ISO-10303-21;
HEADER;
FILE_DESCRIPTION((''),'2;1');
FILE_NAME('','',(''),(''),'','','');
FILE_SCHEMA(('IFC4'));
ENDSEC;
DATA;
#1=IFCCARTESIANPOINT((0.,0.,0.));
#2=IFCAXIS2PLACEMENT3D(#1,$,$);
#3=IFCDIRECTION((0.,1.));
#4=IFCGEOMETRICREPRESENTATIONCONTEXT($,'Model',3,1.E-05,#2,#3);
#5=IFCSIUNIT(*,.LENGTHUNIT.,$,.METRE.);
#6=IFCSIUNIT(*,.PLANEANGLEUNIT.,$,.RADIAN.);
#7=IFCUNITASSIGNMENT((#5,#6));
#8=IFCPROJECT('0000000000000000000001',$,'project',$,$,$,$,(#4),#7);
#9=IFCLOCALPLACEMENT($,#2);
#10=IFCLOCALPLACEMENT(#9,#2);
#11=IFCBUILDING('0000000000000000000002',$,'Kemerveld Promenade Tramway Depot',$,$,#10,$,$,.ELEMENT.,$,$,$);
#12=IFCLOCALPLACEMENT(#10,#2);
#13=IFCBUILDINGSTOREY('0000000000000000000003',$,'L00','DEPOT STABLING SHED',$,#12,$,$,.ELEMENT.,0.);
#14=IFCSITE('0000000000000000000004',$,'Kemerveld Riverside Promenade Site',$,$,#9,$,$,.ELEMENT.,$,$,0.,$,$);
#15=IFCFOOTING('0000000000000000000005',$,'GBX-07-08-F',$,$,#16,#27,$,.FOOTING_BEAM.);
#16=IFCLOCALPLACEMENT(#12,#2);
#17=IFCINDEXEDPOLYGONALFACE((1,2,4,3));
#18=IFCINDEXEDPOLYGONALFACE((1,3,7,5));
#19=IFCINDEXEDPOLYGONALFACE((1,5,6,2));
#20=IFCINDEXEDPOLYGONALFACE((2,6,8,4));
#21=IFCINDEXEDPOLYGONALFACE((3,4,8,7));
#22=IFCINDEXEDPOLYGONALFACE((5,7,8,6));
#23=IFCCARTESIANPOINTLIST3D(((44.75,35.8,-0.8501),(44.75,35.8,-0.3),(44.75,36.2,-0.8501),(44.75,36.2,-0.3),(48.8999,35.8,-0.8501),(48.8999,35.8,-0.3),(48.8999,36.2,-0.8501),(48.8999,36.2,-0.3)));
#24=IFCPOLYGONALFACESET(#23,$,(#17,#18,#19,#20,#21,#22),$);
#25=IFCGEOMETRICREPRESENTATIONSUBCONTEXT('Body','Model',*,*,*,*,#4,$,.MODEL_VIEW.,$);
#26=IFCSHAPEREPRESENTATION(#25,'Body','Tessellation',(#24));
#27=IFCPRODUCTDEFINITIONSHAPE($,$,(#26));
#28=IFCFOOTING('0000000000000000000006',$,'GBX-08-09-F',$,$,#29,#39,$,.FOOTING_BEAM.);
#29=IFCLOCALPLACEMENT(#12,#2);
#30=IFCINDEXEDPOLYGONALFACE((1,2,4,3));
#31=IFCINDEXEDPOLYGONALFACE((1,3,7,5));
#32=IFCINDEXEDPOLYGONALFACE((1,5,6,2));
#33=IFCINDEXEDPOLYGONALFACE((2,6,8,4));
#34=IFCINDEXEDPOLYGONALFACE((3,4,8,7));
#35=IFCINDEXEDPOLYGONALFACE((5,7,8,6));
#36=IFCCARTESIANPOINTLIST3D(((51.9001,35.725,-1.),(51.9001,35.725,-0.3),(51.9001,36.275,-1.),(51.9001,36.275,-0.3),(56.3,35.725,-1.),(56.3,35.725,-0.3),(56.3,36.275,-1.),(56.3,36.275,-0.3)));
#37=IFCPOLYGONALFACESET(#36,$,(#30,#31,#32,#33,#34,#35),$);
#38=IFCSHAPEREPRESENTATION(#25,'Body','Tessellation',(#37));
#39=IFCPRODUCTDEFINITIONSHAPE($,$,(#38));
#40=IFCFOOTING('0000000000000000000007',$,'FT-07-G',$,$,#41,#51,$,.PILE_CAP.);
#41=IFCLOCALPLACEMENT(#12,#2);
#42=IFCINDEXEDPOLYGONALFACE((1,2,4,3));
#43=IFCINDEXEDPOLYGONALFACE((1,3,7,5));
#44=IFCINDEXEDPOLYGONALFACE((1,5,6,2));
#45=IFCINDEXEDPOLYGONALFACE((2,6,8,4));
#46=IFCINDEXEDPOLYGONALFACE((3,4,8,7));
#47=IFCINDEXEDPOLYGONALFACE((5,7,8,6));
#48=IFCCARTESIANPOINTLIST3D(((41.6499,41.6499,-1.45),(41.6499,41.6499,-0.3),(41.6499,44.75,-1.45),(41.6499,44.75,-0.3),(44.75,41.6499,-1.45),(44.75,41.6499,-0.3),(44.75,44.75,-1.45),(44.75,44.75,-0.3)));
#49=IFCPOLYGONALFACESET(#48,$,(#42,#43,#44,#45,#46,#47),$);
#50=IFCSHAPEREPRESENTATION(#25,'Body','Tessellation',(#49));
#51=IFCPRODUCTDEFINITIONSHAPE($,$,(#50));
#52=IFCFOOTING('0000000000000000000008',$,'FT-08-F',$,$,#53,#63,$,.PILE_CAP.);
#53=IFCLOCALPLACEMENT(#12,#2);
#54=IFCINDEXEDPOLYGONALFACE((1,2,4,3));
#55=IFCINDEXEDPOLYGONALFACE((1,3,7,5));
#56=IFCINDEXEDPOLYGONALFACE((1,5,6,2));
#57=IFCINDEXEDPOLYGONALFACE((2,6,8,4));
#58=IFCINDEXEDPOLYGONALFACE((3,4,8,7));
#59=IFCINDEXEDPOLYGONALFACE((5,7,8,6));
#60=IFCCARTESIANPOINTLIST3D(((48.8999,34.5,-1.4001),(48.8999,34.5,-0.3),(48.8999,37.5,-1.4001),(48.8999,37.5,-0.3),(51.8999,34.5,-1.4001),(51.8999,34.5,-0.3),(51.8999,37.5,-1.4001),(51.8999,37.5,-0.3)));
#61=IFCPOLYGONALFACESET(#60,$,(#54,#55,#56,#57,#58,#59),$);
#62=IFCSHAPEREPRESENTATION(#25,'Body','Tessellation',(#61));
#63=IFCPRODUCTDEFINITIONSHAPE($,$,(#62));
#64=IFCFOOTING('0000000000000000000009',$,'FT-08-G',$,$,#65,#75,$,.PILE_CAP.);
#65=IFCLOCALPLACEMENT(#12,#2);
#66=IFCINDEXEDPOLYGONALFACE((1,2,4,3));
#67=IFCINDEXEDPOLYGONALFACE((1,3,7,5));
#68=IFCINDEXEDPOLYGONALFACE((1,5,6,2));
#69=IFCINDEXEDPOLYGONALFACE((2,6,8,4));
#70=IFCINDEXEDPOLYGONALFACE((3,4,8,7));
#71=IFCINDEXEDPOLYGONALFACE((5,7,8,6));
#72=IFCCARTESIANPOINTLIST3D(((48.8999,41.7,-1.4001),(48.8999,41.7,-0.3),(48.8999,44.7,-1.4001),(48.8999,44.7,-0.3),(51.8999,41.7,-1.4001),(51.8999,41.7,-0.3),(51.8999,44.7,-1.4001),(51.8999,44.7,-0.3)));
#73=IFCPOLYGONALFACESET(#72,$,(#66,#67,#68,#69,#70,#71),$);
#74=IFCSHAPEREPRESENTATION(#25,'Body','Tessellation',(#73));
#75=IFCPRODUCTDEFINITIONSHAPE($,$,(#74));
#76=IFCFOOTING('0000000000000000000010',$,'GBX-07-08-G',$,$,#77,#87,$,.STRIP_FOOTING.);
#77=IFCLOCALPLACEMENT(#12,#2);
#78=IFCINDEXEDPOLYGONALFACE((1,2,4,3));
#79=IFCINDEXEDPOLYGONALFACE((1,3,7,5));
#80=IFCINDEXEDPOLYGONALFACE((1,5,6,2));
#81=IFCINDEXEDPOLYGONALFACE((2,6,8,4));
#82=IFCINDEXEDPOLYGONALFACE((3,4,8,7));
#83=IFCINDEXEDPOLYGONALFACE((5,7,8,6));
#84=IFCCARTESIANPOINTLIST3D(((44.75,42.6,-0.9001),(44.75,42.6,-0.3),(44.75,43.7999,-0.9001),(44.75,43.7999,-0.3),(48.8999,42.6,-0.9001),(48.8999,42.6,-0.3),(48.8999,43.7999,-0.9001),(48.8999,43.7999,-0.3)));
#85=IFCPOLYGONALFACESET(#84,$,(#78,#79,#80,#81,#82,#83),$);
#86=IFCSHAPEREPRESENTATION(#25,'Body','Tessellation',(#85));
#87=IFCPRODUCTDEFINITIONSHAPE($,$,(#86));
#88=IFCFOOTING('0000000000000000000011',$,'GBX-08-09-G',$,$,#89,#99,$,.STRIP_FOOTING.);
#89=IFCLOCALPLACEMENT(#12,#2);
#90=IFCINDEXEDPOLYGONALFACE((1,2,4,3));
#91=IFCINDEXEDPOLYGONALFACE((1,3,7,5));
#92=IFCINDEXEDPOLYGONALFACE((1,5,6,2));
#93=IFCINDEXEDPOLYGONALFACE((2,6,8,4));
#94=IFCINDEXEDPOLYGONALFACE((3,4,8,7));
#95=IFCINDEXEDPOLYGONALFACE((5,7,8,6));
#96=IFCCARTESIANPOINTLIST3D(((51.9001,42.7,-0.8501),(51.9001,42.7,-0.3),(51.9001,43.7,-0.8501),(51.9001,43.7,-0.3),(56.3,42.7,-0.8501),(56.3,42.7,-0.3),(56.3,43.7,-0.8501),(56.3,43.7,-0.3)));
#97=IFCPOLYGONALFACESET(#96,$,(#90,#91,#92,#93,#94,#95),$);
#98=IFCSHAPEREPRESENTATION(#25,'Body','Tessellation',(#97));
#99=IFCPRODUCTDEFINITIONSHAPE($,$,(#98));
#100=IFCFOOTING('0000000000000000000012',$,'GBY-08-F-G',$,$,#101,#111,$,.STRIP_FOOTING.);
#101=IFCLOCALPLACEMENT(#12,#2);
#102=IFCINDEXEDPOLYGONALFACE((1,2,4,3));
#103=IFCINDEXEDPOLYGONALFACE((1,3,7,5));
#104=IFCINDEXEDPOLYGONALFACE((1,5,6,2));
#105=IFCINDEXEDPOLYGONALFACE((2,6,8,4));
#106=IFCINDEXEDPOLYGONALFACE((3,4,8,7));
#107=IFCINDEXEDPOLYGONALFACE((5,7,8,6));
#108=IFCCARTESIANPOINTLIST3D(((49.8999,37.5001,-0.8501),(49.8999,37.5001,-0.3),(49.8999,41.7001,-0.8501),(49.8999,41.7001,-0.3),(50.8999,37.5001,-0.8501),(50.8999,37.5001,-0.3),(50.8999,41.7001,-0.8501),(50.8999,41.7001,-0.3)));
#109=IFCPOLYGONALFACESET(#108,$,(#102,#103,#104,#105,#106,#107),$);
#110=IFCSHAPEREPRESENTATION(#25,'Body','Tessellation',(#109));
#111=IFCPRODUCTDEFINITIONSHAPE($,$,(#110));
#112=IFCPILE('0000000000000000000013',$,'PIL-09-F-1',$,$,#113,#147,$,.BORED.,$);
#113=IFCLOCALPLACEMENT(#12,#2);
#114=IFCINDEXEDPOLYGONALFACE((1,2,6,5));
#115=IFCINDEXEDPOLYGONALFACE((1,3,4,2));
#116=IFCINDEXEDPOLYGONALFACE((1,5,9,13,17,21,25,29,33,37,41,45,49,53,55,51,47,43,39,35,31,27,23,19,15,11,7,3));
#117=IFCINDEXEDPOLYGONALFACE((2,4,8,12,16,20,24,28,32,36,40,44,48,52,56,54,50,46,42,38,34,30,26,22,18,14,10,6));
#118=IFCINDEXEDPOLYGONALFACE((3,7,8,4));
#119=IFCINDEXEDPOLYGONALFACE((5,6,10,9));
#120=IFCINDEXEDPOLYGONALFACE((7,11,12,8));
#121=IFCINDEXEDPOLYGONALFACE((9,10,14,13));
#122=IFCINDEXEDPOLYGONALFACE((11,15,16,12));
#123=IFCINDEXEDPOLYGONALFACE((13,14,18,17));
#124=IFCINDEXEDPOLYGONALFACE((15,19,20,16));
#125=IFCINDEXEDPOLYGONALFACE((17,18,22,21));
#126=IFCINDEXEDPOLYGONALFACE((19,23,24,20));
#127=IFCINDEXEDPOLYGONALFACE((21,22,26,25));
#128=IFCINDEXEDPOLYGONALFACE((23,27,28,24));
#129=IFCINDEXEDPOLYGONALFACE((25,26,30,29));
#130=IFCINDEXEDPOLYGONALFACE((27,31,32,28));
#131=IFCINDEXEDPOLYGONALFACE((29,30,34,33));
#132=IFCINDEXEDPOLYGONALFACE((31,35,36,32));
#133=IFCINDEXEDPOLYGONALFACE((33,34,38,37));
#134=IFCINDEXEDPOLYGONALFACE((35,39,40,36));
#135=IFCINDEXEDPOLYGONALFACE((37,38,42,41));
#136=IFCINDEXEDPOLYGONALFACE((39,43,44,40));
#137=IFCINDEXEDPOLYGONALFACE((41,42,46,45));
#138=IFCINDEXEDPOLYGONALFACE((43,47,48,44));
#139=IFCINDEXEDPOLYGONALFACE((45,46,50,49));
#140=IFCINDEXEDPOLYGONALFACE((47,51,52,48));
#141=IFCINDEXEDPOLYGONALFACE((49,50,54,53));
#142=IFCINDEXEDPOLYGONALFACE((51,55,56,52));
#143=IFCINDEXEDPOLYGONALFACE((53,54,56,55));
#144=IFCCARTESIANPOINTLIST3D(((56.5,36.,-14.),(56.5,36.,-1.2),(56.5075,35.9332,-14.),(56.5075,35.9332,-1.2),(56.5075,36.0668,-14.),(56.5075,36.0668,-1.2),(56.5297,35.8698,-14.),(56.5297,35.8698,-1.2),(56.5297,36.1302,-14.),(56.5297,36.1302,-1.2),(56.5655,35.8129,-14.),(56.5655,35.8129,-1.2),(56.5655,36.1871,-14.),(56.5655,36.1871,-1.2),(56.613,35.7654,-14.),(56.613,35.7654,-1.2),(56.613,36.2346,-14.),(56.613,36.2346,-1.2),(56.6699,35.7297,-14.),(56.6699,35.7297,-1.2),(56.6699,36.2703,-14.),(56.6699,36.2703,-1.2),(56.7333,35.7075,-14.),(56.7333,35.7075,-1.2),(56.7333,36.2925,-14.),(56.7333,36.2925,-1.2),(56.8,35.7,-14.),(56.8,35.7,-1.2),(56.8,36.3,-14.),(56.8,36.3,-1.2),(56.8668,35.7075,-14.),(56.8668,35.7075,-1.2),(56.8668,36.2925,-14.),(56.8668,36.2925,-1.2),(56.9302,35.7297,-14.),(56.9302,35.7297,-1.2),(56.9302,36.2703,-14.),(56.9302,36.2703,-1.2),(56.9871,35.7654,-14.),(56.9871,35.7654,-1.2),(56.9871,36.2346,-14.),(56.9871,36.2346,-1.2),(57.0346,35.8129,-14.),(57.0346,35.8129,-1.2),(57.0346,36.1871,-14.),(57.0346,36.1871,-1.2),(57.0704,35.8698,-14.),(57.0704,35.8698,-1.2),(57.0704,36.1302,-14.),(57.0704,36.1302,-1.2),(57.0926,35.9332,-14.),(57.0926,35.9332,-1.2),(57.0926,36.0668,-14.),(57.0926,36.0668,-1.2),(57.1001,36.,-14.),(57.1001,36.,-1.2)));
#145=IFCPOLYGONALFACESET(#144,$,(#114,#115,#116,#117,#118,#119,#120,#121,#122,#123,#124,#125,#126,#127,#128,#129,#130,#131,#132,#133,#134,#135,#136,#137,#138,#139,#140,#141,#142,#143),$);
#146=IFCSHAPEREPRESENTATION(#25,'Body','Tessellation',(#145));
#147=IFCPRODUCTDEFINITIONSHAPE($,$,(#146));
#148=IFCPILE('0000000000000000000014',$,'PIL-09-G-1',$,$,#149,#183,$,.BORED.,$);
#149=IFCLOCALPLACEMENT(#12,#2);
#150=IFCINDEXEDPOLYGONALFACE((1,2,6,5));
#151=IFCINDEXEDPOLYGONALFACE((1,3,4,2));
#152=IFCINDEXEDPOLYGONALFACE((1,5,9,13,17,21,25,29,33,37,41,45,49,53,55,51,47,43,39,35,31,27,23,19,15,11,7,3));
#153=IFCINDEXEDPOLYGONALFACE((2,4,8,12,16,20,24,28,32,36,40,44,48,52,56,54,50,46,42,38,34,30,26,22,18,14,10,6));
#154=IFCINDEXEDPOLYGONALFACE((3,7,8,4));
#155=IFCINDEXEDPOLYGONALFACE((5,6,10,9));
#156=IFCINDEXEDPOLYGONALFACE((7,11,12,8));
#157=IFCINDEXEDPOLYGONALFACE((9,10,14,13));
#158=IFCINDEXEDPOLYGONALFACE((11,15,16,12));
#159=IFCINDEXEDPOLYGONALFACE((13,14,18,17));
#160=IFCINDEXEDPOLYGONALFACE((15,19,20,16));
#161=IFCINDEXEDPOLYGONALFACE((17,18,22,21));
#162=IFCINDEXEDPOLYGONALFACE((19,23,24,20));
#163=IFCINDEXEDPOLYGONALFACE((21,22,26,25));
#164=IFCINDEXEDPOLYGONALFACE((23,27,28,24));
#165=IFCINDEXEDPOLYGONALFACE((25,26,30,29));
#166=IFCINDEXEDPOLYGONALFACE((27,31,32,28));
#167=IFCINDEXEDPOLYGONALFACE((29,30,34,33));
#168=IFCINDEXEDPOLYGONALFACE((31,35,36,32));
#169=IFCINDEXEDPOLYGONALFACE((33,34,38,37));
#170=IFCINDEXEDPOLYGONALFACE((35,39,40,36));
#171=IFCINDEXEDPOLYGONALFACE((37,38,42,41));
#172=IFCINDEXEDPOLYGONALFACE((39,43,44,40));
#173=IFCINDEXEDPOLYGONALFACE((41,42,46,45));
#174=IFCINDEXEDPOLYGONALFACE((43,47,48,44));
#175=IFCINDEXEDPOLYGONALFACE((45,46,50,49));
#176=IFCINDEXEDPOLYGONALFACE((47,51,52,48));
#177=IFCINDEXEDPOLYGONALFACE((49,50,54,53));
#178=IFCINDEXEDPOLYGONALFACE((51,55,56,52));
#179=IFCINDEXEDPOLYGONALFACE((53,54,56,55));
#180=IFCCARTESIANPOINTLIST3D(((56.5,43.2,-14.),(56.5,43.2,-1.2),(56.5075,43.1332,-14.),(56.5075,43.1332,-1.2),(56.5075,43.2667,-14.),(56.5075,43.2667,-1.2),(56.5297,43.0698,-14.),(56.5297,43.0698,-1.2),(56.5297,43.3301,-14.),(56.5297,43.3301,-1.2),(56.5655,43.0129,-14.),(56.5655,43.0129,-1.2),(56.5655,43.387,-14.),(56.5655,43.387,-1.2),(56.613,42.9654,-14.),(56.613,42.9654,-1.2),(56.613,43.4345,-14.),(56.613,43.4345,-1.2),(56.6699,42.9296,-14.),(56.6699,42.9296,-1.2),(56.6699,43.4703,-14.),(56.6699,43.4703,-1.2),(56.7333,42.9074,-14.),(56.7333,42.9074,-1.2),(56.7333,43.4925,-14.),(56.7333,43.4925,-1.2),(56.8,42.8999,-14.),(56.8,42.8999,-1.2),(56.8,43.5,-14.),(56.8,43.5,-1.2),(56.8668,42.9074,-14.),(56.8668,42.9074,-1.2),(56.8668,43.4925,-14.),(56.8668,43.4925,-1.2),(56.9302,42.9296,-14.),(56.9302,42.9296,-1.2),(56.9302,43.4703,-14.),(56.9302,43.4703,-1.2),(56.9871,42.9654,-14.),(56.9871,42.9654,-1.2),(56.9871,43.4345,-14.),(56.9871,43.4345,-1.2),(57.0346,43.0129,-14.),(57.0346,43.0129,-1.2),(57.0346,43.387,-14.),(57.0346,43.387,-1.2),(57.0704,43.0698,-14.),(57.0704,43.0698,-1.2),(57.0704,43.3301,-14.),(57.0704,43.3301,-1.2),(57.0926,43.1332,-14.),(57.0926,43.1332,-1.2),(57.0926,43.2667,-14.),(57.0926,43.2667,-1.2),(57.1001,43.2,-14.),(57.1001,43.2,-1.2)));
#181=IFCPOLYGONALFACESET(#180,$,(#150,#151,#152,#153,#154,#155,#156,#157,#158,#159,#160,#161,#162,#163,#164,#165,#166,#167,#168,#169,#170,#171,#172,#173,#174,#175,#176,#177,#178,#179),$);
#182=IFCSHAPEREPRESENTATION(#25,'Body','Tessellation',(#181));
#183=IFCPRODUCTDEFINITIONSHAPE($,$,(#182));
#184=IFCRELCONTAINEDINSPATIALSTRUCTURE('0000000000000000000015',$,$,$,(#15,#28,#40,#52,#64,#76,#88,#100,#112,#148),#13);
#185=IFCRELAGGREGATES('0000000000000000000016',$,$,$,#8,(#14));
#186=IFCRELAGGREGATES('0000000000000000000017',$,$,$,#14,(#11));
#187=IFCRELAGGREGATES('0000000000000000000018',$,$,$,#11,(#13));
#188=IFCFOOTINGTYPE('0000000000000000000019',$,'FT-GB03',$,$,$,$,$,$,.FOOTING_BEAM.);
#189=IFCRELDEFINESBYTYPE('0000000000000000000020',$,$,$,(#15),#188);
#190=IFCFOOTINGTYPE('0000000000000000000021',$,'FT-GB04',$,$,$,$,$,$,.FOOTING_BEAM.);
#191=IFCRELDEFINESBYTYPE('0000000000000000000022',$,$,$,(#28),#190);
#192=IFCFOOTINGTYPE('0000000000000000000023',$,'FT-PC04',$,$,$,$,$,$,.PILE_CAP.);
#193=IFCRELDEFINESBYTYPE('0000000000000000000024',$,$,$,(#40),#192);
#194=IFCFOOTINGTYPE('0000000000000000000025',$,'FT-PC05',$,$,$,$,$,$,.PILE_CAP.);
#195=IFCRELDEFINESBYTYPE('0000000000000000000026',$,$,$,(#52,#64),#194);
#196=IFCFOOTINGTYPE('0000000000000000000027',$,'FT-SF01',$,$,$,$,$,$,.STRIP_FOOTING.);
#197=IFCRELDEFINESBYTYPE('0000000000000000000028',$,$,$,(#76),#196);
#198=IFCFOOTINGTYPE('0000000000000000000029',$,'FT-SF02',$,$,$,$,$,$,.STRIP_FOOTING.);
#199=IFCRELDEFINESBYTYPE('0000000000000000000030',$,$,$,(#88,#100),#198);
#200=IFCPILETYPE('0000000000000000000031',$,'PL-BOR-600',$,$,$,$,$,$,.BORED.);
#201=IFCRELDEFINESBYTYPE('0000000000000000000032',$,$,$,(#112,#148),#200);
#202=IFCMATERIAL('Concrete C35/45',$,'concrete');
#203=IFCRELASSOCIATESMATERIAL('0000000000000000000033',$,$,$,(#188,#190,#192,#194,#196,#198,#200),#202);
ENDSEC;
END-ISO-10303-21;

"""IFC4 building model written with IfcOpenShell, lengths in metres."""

from ifc_helpers import new_model, si_unit, direction, frame, origin, origin_2d, place, context, subcontext, project, spatial, rectangle, circle, extrude, material, material_profile, profile_set, type_object, element, save


model = new_model("IFC4")

# Units and contexts
model_context = context("Model", 3, precision=1e-05, world=origin(), true_north=direction((0.0, 1.0)))
body_context = subcontext(model_context, "Body", "Model", "MODEL_VIEW")
ifc_project = project(units=[si_unit("LENGTHUNIT", "METRE"), si_unit("PLANEANGLEUNIT", "RADIAN")], contexts=[model_context])

# Site, building, storey
site_placement = place(None, origin())
site = spatial("IfcSite", under=ifc_project, at=site_placement, Name="Kemerveld Riverside Promenade Site", CompositionType="ELEMENT", RefElevation=0.0)
building_placement = place(site_placement, origin())
building = spatial("IfcBuilding", under=site, at=building_placement, Name="Kemerveld Promenade Tramway Depot", CompositionType="ELEMENT")
storey_placement = place(building_placement, origin())
storey = spatial("IfcBuildingStorey", under=building, at=storey_placement, Name="L00", Description="DEPOT STABLING SHED", CompositionType="ELEMENT", Elevation=0.0)

# Footings
ifc_material_1 = material(Name="Concrete C35/45", Category="concrete")
footing_type_1 = type_object("IfcFootingType", Name="FT-GB03", PredefinedType="FOOTING_BEAM", material=ifc_material_1)
footing_1_placement = place(storey_placement, frame((46.825, 36.0, -0.8501), z_axis=(0.0, 0.0, 1.0), x_axis=(1.0, 0.0, 0.0)))
element("IfcFooting", 1, at=footing_1_placement, inside=storey, type_object=footing_type_1, Name="GBX-07-08-F", PredefinedType="FOOTING_BEAM", context=body_context, shape_type="SweptSolid", body=[
    extrude(rectangle(XDim=4.1499, YDim=0.3999, at=origin_2d()), origin(), (0.0, 0.0, 1.0), 0.55),
])
footing_type_2 = type_object("IfcFootingType", Name="FT-GB04", PredefinedType="FOOTING_BEAM", material=ifc_material_1)
footing_2_placement = place(storey_placement, frame((54.1001, 36.0, -1.0), z_axis=(0.0, 0.0, 1.0), x_axis=(1.0, 0.0, 0.0)))
element("IfcFooting", 2, at=footing_2_placement, inside=storey, type_object=footing_type_2, Name="GBX-08-09-F", PredefinedType="FOOTING_BEAM", context=body_context, shape_type="SweptSolid", body=[
    extrude(rectangle(XDim=4.3999, YDim=0.55, at=origin_2d()), origin(), (0.0, 0.0, 1.0), 0.7),
])
footing_type_3 = type_object("IfcFootingType", Name="FT-PC04", PredefinedType="PILE_CAP", material=ifc_material_1)
footing_3_placement = place(storey_placement, frame((43.2, 43.2, -1.45), z_axis=(0.0, 0.0, 1.0), x_axis=(1.0, 0.0, 0.0)))
element("IfcFooting", 3, at=footing_3_placement, inside=storey, type_object=footing_type_3, Name="FT-07-G", PredefinedType="PILE_CAP", context=body_context, shape_type="SweptSolid", body=[
    extrude(rectangle(XDim=3.1001, YDim=3.1001, at=origin_2d()), origin(), (0.0, 0.0, 1.0), 1.1499),
])
footing_type_4 = type_object("IfcFootingType", Name="FT-PC05", PredefinedType="PILE_CAP", material=ifc_material_1)
for number, where, z_axis, x_axis, name in (
    (4, (50.3999, 36.0, -1.4001), (0.0, 0.0, 1.0), (1.0, 0.0, 0.0), "FT-08-F"),
    (5, (50.3999, 43.2, -1.4001), (0.0, 0.0, 1.0), (1.0, 0.0, 0.0), "FT-08-G"),
):
    element("IfcFooting", number, at=place(storey_placement, frame(where, z_axis=z_axis, x_axis=x_axis)), inside=storey, type_object=footing_type_4, Name=name, PredefinedType="PILE_CAP", context=body_context, shape_type="SweptSolid", body=[
        extrude(rectangle(XDim=3.0, YDim=3.0, at=origin_2d()), origin(), (0.0, 0.0, 1.0), 1.1001),
    ])
footing_type_5 = type_object("IfcFootingType", Name="FT-SF01", PredefinedType="STRIP_FOOTING", material=ifc_material_1)
footing_4_placement = place(storey_placement, frame((46.825, 43.2, -0.9001), z_axis=(0.0, 0.0, 1.0), x_axis=(1.0, 0.0, 0.0)))
element("IfcFooting", 6, at=footing_4_placement, inside=storey, type_object=footing_type_5, Name="GBX-07-08-G", PredefinedType="STRIP_FOOTING", context=body_context, shape_type="SweptSolid", body=[
    extrude(rectangle(XDim=4.1499, YDim=1.2, at=origin_2d()), origin(), (0.0, 0.0, 1.0), 0.6001),
])
footing_type_6 = type_object("IfcFootingType", Name="FT-SF02", PredefinedType="STRIP_FOOTING", material=ifc_material_1)
footing_5_placement = place(storey_placement, frame((54.1001, 43.2, -0.8501), z_axis=(0.0, 0.0, 1.0), x_axis=(1.0, 0.0, 0.0)))
element("IfcFooting", 7, at=footing_5_placement, inside=storey, type_object=footing_type_6, Name="GBX-08-09-G", PredefinedType="STRIP_FOOTING", context=body_context, shape_type="SweptSolid", body=[
    extrude(rectangle(XDim=4.3999, YDim=1.0, at=origin_2d()), origin(), (0.0, 0.0, 1.0), 0.55),
])
footing_6_placement = place(storey_placement, frame((50.3999, 39.6001, -0.8501), z_axis=(0.0, 0.0, 1.0), x_axis=(0.0, 1.0, 0.0)))
element("IfcFooting", 8, at=footing_6_placement, inside=storey, type_object=footing_type_6, Name="GBY-08-F-G", PredefinedType="STRIP_FOOTING", context=body_context, shape_type="SweptSolid", body=[
    extrude(rectangle(XDim=4.2, YDim=1.0, at=origin_2d()), origin(), (0.0, 0.0, 1.0), 0.55),
])

# Piles
ifc_material_profile_1 = material_profile(ifc_material_1, circle(Radius=0.3, at=origin_2d()), Name="PILE-D600")
ifc_profile_set_1 = profile_set([ifc_material_profile_1], Name="Concrete C35/45")
pile_type_1 = type_object("IfcPileType", Name="PL-BOR-600", PredefinedType="BORED", material=ifc_profile_set_1)
for number, where, z_axis, x_axis, name in (
    (9, (56.8, 36.0, -1.2), (0.0, 0.0, -1.0), (1.0, 0.0, 0.0), "PIL-09-F-1"),
    (10, (56.8, 43.2, -1.2), (0.0, 0.0, -1.0), (1.0, 0.0, 0.0), "PIL-09-G-1"),
):
    element("IfcPile", number, at=place(storey_placement, frame(where, z_axis=z_axis, x_axis=x_axis)), inside=storey, type_object=pile_type_1, Name=name, PredefinedType="BORED", context=body_context, shape_type="SweptSolid", body=[
        extrude(circle(Radius=0.3, at=origin_2d()), origin(), (0.0, 0.0, 1.0), 12.8),
    ])

save(model, "model.ifc")
